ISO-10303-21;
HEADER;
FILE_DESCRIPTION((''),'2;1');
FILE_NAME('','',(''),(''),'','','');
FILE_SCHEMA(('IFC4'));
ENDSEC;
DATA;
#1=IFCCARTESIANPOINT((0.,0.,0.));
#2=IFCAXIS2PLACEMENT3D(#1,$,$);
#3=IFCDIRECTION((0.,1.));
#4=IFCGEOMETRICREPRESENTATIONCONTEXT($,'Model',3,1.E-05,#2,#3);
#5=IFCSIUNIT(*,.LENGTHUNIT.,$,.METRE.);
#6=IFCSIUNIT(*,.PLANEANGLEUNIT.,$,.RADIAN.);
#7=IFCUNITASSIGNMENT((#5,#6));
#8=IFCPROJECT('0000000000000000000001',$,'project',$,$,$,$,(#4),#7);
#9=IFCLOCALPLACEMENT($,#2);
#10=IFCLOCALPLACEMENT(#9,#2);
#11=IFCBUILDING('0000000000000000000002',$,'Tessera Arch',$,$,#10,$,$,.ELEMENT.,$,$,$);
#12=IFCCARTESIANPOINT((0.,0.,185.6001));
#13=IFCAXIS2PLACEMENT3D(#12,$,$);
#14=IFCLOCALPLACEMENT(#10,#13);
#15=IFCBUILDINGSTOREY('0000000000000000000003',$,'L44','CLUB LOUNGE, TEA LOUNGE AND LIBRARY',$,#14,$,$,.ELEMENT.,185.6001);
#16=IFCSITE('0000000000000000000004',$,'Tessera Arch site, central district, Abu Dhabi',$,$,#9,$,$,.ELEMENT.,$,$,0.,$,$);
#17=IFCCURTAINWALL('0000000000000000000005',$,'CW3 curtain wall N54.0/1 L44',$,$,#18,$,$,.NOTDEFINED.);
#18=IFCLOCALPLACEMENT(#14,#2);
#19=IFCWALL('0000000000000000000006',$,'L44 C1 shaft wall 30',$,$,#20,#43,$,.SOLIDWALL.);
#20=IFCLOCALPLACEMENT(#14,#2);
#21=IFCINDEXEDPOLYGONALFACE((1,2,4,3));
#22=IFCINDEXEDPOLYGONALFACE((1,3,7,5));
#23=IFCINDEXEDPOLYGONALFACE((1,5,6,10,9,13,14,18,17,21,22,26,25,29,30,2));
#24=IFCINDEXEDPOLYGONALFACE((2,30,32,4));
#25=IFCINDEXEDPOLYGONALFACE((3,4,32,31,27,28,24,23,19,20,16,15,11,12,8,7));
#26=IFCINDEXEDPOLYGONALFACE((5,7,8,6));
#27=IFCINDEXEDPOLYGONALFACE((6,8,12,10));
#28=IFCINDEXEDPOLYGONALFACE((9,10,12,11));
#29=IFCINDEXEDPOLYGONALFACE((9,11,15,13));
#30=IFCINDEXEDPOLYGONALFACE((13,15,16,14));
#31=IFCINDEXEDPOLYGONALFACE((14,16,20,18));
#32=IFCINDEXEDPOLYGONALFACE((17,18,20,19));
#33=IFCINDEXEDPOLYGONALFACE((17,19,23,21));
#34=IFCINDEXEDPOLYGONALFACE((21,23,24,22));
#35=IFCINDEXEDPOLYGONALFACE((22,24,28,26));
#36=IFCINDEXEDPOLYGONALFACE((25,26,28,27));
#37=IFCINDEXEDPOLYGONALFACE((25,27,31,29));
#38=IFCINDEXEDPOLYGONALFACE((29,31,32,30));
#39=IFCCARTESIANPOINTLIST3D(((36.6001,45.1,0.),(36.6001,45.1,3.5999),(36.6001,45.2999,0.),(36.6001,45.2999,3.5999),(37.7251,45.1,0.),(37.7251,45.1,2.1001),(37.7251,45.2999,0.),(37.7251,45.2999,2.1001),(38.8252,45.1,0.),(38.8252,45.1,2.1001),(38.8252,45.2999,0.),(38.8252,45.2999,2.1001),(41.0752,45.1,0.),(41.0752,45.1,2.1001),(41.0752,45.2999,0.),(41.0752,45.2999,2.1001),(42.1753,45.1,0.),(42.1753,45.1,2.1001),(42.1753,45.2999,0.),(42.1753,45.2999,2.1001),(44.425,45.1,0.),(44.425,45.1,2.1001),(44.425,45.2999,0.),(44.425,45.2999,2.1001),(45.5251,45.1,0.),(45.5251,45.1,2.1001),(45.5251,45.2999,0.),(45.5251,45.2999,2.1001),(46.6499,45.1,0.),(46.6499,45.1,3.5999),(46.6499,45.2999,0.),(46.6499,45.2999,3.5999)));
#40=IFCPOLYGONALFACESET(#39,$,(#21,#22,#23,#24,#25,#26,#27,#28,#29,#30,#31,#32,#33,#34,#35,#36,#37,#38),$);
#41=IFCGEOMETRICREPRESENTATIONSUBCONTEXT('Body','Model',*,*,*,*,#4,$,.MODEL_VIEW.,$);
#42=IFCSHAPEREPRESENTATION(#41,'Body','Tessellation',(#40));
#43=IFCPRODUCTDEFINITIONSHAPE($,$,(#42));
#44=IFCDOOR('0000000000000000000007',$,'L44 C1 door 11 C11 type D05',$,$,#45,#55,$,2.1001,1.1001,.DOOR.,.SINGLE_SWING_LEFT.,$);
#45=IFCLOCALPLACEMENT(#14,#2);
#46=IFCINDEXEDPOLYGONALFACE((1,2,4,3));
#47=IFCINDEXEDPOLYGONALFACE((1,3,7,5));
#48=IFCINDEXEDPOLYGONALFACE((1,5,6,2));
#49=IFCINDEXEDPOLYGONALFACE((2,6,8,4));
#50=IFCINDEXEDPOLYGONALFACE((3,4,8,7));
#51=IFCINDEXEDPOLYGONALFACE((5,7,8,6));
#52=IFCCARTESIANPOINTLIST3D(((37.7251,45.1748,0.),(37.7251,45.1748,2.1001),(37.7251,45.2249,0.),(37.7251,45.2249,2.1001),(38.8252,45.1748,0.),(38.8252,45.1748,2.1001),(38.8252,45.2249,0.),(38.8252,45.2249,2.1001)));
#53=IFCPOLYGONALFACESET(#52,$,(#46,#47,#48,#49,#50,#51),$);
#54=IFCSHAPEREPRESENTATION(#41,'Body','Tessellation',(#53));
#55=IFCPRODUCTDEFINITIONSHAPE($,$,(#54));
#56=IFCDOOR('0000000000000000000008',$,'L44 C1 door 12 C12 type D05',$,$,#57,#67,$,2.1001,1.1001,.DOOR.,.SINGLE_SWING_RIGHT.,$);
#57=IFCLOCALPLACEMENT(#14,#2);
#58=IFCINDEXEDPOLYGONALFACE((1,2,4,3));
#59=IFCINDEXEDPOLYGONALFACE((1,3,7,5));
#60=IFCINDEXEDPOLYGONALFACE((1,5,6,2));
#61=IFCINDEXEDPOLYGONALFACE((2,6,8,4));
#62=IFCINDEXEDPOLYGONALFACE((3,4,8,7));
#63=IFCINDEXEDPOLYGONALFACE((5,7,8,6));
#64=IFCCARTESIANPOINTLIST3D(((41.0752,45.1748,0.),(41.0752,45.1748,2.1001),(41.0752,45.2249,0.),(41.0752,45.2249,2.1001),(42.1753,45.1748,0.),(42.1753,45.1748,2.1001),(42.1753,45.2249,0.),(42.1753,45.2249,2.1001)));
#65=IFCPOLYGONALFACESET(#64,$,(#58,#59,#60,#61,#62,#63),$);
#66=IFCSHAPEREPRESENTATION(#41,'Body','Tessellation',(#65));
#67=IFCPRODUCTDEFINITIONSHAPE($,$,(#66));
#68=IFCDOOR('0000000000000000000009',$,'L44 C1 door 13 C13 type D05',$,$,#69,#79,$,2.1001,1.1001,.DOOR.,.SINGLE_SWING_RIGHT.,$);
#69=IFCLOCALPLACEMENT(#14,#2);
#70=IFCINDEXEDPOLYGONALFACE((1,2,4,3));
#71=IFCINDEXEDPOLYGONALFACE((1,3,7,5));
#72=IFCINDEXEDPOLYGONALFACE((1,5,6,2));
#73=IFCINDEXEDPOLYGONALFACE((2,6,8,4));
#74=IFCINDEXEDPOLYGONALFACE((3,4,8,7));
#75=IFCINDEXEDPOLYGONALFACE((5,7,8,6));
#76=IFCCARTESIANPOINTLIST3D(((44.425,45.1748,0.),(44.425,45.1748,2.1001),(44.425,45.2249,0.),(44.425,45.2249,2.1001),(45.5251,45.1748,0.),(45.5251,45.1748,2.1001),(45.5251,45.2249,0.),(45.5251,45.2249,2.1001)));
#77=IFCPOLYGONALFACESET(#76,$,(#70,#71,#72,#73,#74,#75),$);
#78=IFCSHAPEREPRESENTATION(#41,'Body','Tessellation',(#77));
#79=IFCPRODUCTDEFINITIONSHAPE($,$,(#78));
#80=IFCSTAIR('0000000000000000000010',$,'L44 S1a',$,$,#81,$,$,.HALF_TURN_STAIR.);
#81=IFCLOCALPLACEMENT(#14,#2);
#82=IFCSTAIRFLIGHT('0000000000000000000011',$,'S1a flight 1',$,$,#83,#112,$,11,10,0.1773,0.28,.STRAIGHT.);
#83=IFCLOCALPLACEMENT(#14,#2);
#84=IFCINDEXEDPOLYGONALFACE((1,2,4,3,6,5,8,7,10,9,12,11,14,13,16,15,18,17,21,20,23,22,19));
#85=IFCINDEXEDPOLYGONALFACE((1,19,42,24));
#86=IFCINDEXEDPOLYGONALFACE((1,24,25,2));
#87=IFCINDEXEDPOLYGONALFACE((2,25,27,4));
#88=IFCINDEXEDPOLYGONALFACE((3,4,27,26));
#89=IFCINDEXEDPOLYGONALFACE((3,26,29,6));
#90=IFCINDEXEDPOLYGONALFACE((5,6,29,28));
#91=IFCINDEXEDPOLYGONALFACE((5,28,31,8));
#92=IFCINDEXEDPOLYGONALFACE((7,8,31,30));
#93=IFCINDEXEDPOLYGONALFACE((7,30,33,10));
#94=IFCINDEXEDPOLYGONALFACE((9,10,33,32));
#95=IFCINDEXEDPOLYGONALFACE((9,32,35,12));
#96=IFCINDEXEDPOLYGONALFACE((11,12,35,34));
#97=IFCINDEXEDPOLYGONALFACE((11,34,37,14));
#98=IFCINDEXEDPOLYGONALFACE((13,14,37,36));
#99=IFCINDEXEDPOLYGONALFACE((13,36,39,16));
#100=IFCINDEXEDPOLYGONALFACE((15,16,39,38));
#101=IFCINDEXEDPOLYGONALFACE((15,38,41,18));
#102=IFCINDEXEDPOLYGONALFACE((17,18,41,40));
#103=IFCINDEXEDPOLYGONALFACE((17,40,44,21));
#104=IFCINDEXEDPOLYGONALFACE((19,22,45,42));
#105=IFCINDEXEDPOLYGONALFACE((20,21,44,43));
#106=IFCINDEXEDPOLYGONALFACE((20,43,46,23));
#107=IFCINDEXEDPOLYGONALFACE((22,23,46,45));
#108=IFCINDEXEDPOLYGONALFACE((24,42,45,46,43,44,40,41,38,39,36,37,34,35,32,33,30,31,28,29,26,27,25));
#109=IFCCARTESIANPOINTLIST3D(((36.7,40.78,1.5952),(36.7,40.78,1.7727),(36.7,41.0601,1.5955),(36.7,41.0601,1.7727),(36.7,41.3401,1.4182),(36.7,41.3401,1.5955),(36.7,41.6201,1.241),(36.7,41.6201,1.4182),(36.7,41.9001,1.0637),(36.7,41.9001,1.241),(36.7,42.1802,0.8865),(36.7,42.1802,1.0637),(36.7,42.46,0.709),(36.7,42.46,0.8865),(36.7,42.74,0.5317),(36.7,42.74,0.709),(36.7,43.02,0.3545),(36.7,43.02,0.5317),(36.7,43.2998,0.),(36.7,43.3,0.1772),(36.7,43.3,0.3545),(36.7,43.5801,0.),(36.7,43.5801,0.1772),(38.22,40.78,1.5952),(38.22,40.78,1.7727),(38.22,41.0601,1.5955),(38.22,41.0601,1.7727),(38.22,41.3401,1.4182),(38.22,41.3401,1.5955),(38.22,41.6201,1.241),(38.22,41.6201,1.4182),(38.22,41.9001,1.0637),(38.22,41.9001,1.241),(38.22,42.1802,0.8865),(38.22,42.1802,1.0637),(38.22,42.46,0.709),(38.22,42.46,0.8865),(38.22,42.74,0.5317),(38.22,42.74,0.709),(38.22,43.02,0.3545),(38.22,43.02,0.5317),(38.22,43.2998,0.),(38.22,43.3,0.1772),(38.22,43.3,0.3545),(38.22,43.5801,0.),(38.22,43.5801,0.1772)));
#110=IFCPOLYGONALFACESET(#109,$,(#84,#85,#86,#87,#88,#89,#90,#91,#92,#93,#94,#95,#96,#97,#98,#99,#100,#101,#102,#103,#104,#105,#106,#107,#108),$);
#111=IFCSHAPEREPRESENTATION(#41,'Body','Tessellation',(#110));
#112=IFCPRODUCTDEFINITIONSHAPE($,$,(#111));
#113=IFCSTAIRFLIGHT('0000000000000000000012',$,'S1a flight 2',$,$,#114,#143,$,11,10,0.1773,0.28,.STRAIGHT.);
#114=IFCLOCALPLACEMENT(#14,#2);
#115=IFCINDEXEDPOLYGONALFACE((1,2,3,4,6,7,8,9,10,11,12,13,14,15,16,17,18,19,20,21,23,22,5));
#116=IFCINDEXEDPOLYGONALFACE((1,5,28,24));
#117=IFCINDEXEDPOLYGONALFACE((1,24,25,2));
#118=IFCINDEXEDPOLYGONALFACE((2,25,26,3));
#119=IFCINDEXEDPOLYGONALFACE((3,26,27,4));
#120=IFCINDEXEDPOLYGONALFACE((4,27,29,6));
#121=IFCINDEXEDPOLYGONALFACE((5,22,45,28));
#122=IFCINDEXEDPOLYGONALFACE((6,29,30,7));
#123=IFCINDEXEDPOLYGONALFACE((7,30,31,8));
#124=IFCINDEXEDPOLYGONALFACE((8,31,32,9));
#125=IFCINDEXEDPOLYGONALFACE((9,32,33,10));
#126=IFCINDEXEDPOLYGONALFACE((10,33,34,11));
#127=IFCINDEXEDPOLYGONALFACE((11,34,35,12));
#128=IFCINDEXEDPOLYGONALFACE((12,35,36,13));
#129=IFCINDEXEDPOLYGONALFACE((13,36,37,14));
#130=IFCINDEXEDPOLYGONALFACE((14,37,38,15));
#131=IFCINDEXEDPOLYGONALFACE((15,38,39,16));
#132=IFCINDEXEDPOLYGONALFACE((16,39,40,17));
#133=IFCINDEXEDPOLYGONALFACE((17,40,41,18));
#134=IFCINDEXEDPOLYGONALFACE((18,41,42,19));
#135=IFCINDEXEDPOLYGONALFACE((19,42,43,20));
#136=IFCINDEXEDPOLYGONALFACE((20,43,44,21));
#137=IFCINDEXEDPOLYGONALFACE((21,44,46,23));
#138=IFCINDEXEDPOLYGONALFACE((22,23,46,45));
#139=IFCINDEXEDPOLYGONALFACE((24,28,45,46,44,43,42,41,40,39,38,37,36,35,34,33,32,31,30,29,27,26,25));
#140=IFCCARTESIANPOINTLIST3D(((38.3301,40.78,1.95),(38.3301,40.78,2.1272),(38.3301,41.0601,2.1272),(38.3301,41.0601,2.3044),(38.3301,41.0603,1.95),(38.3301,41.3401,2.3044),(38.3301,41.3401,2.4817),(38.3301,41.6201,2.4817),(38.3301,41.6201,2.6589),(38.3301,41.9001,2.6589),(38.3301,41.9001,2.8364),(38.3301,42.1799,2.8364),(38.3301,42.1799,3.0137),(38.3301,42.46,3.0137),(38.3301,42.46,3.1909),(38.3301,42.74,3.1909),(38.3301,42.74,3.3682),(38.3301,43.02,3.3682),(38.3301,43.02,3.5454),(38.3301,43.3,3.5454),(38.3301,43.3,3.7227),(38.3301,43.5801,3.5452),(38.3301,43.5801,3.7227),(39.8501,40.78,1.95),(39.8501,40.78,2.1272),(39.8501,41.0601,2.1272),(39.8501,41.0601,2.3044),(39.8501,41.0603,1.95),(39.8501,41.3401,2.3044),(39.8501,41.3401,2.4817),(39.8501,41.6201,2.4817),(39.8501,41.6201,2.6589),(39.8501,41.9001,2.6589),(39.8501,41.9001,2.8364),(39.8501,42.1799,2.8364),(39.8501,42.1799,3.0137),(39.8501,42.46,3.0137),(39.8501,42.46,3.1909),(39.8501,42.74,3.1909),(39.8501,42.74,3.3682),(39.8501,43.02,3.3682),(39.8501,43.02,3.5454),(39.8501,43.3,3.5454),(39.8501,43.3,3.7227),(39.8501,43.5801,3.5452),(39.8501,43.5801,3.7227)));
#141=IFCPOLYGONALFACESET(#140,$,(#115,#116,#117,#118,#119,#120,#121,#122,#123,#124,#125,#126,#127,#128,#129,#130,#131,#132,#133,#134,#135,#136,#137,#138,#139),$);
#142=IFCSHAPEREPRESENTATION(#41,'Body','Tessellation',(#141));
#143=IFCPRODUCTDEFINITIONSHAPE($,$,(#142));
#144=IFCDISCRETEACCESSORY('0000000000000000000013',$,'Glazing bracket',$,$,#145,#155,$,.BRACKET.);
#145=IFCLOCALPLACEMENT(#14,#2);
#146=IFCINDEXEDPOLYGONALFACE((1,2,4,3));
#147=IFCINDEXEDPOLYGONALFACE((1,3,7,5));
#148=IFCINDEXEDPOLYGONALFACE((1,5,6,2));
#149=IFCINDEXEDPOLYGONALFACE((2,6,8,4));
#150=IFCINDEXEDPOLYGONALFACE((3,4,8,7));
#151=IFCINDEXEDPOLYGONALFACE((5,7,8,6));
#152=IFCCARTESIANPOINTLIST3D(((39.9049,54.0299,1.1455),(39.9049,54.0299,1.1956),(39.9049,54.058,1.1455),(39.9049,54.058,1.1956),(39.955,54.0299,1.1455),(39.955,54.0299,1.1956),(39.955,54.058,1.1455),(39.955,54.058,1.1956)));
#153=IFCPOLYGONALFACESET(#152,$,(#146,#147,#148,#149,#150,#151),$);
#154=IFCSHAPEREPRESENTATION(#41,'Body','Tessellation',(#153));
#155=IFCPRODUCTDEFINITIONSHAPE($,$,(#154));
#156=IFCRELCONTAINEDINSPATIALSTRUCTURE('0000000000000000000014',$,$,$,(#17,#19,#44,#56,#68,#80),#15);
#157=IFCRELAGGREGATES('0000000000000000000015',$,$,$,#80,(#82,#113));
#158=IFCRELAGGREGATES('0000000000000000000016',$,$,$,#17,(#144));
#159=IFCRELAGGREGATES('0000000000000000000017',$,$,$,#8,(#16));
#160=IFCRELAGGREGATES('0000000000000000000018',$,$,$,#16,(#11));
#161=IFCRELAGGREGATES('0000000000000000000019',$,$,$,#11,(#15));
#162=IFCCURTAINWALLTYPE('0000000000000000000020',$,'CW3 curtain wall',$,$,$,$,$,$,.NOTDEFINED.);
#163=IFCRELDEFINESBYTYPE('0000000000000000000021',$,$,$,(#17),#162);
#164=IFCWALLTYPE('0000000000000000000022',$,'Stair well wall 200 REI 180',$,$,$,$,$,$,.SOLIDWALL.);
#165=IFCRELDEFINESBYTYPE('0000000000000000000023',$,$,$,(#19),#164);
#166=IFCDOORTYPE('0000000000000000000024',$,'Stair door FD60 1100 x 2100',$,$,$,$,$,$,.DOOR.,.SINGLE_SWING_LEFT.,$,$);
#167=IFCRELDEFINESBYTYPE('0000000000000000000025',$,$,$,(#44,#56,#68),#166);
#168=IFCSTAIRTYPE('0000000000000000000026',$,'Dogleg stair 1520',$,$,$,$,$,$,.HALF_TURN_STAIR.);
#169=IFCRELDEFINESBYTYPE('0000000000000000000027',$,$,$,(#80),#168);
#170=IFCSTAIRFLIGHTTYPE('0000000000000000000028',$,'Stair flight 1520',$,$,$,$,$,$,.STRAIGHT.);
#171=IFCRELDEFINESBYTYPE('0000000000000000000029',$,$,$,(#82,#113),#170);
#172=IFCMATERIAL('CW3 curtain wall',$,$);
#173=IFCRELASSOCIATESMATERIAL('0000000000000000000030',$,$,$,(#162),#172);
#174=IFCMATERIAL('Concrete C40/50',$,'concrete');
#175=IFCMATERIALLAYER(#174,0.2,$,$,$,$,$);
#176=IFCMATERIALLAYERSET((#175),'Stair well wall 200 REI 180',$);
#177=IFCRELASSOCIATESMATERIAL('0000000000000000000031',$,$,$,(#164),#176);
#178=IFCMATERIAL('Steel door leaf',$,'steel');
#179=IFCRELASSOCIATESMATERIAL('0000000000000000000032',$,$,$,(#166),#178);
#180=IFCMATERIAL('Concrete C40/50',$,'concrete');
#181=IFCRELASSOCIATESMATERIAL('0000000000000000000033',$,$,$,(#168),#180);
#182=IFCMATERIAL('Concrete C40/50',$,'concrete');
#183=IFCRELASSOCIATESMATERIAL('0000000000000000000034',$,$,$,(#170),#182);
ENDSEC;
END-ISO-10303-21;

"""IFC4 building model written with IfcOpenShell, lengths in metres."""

from ifc_helpers import new_model, si_unit, direction, frame, frame_2d, origin, origin_2d, place, context, subcontext, project, spatial, polyline, rectangle, outline, extrude, material, layer, layer_set, type_object, element, fill, aggregate, save


model = new_model("IFC4")

# Units and contexts
model_context = context("Model", 3, precision=1e-05, world=origin(), true_north=direction((0.0, 1.0)))
body_context = subcontext(model_context, "Body", "Model", "MODEL_VIEW")
ifc_project = project(units=[si_unit("LENGTHUNIT", "METRE"), si_unit("PLANEANGLEUNIT", "RADIAN")], contexts=[model_context])

# Site, building, storey
site_placement = place(None, origin())
site = spatial("IfcSite", under=ifc_project, at=site_placement, Name="Tessera Arch site, central district, Abu Dhabi", CompositionType="ELEMENT", RefElevation=0.0)
building_placement = place(site_placement, origin())
building = spatial("IfcBuilding", under=site, at=building_placement, Name="Tessera Arch", CompositionType="ELEMENT")
storey_placement = place(building_placement, frame((0.0, 0.0, 185.6001)))
storey = spatial("IfcBuildingStorey", under=building, at=storey_placement, Name="L44", Description="CLUB LOUNGE, TEA LOUNGE AND LIBRARY", CompositionType="ELEMENT", Elevation=185.6001)

# Curtain wall
ifc_material_1 = material(Name="CW3 curtain wall")
curtain_wall_type = type_object("IfcCurtainWallType", Name="CW3 curtain wall", PredefinedType="NOTDEFINED", material=ifc_material_1)
curtain_wall_placement = place(storey_placement, origin())
curtain_wall = element("IfcCurtainWall", 1, at=curtain_wall_placement, inside=storey, type_object=curtain_wall_type, Name="CW3 curtain wall N54.0/1 L44", PredefinedType="NOTDEFINED")

# Shared definitions
ifc_material_2 = material(Name="Concrete C40/50", Category="concrete")
ifc_layer_1 = layer(ifc_material_2, 0.2)
ifc_layer_set_1 = layer_set([ifc_layer_1], Name="Stair well wall 200 REI 180")
wall_type_1 = type_object("IfcWallType", Name="Stair well wall 200 REI 180", PredefinedType="SOLIDWALL", material=ifc_layer_set_1)

# Wall, openings, doors
wall_1_placement = place(storey_placement, frame((36.6001, 45.2, 0.0), z_axis=(0.0, 0.0, 1.0), x_axis=(1.0, 0.0, 0.0)))
wall_1 = element("IfcWall", 2, at=wall_1_placement, inside=storey, type_object=wall_type_1, Name="L44 C1 shaft wall 30", PredefinedType="SOLIDWALL", context=body_context, shape_type="SweptSolid", body=[
    extrude(rectangle(XDim=10.0498, YDim=0.2, at=frame_2d((5.0249, 0.0))), origin(), (0.0, 0.0, 1.0), 3.5999),
])
opening_1_placement = place(wall_1_placement, frame((1.125, 0.0, 0.0)))
opening_1 = element("IfcOpeningElement", 3, at=opening_1_placement, cuts=wall_1, PredefinedType="OPENING", context=body_context, shape_type="SweptSolid", body=[
    extrude(rectangle(XDim=1.1001, YDim=2.1001, at=frame_2d((0.55, 1.05))), frame((0.0, 0.1099, 0.0), z_axis=(0.0, -1.0, 0.0), x_axis=(1.0, 0.0, 0.0)), (0.0, 0.0, 1.0), 0.22),
])
opening_2_placement = place(wall_1_placement, frame((4.4751, 0.0, 0.0)))
opening_2 = element("IfcOpeningElement", 4, at=opening_2_placement, cuts=wall_1, PredefinedType="OPENING", context=body_context, shape_type="SweptSolid", body=[
    extrude(rectangle(XDim=1.1001, YDim=2.1001, at=frame_2d((0.55, 1.05))), frame((0.0, 0.1099, 0.0), z_axis=(0.0, -1.0, 0.0), x_axis=(1.0, 0.0, 0.0)), (0.0, 0.0, 1.0), 0.22),
])
opening_3_placement = place(wall_1_placement, frame((7.825, 0.0, 0.0)))
opening_3 = element("IfcOpeningElement", 5, at=opening_3_placement, cuts=wall_1, PredefinedType="OPENING", context=body_context, shape_type="SweptSolid", body=[
    extrude(rectangle(XDim=1.1001, YDim=2.1001, at=frame_2d((0.55, 1.05))), frame((0.0, 0.1099, 0.0), z_axis=(0.0, -1.0, 0.0), x_axis=(1.0, 0.0, 0.0)), (0.0, 0.0, 1.0), 0.22),
])
ifc_material_3 = material(Name="Steel door leaf", Category="steel")
door_type_1 = type_object("IfcDoorType", Name="Stair door FD60 1100 x 2100", OperationType="SINGLE_SWING_LEFT", PredefinedType="DOOR", material=ifc_material_3)
door_1_placement = place(opening_1_placement, origin())
door_1 = element("IfcDoor", 6, at=door_1_placement, inside=storey, type_object=door_type_1, Name="L44 C1 door 11 C11 type D05", OperationType="SINGLE_SWING_LEFT", OverallHeight=2.1001, OverallWidth=1.1001, PredefinedType="DOOR", context=body_context, shape_type="SweptSolid", body=[
    extrude(rectangle(XDim=1.1001, YDim=2.1001, at=frame_2d((0.55, 1.05))), frame((0.0, 0.0249, 0.0), z_axis=(0.0, -1.0, 0.0), x_axis=(1.0, 0.0, 0.0)), (0.0, 0.0, 1.0), 0.05),
])
fill(opening_1, door_1)
door_2_placement = place(opening_2_placement, origin())
door_2 = element("IfcDoor", 7, at=door_2_placement, inside=storey, type_object=door_type_1, Name="L44 C1 door 12 C12 type D05", OperationType="SINGLE_SWING_RIGHT", OverallHeight=2.1001, OverallWidth=1.1001, PredefinedType="DOOR", context=body_context, shape_type="SweptSolid", body=[
    extrude(rectangle(XDim=1.1001, YDim=2.1001, at=frame_2d((0.55, 1.05))), frame((0.0, 0.0249, 0.0), z_axis=(0.0, -1.0, 0.0), x_axis=(1.0, 0.0, 0.0)), (0.0, 0.0, 1.0), 0.05),
])
fill(opening_2, door_2)
door_3_placement = place(opening_3_placement, origin())
door_3 = element("IfcDoor", 8, at=door_3_placement, inside=storey, type_object=door_type_1, Name="L44 C1 door 13 C13 type D05", OperationType="SINGLE_SWING_RIGHT", OverallHeight=2.1001, OverallWidth=1.1001, PredefinedType="DOOR", context=body_context, shape_type="SweptSolid", body=[
    extrude(rectangle(XDim=1.1001, YDim=2.1001, at=frame_2d((0.55, 1.05))), frame((0.0, 0.0249, 0.0), z_axis=(0.0, -1.0, 0.0), x_axis=(1.0, 0.0, 0.0)), (0.0, 0.0, 1.0), 0.05),
])
fill(opening_3, door_3)

# Stair, stair flights
ifc_material_4 = material(Name="Concrete C40/50", Category="concrete")
stair_type = type_object("IfcStairType", Name="Dogleg stair 1520", PredefinedType="HALF_TURN_STAIR", material=ifc_material_4)
stair_placement = place(storey_placement, origin())
stair = element("IfcStair", 9, at=stair_placement, inside=storey, type_object=stair_type, Name="L44 S1a", PredefinedType="HALF_TURN_STAIR")
ifc_material_5 = material(Name="Concrete C40/50", Category="concrete")
stair_flight_type = type_object("IfcStairFlightType", Name="Stair flight 1520", PredefinedType="STRAIGHT", material=ifc_material_5)
stair_flight_1_placement = place(storey_placement, frame((37.46, 43.5801, 0.0), z_axis=(0.0, 0.0, 1.0), x_axis=(0.0, -1.0, 0.0)))
stair_flight_1 = element("IfcStairFlight", 10, at=stair_flight_1_placement, type_object=stair_flight_type, Name="S1a flight 1", NumberOfRisers=11, NumberOfTreads=10, PredefinedType="STRAIGHT", RiserHeight=0.1773, TreadLength=0.28, context=body_context, shape_type="SweptSolid", body=[
    extrude(outline(polyline([(0.0, 0.0), (0.0, 0.1772), (0.28, 0.1772), (0.28, 0.3545), (0.5601, 0.3545), (0.5601, 0.5317), (0.8401, 0.5317), (0.8401, 0.709), (1.1201, 0.709), (1.1201, 0.8865), (1.3999, 0.8865), (1.3999, 1.0637), (1.6799, 1.0637), (1.6799, 1.241), (1.96, 1.241), (1.96, 1.4182), (2.24, 1.4182), (2.24, 1.5955), (2.52, 1.5955), (2.52, 1.7727), (2.8, 1.7727), (2.8, 1.95), (2.8, 1.5952), (0.2803, 0.0), (0.0, 0.0)])), frame((0.0, 0.76, 0.0), z_axis=(0.0, -1.0, 0.0), x_axis=(1.0, 0.0, 0.0)), (0.0, 0.0, 1.0), 1.52),
])
stair_flight_2_placement = place(storey_placement, frame((39.0901, 40.78, 1.95), z_axis=(0.0, 0.0, 1.0), x_axis=(0.0, 1.0, 0.0)))
stair_flight_2 = element("IfcStairFlight", 11, at=stair_flight_2_placement, type_object=stair_flight_type, Name="S1a flight 2", NumberOfRisers=11, NumberOfTreads=10, PredefinedType="STRAIGHT", RiserHeight=0.1773, TreadLength=0.28, context=body_context, shape_type="SweptSolid", body=[
    extrude(outline(polyline([(0.0, 0.0), (0.0, 0.1772), (0.28, 0.1772), (0.28, 0.3545), (0.5601, 0.3545), (0.5601, 0.5317), (0.8401, 0.5317), (0.8401, 0.709), (1.1201, 0.709), (1.1201, 0.8865), (1.3999, 0.8865), (1.3999, 1.0637), (1.6799, 1.0637), (1.6799, 1.241), (1.96, 1.241), (1.96, 1.4182), (2.24, 1.4182), (2.24, 1.5955), (2.52, 1.5955), (2.52, 1.7727), (2.8, 1.7727), (2.8, 1.95), (2.8, 1.5952), (0.2803, 0.0), (0.0, 0.0)])), frame((0.0, 0.76, 0.0), z_axis=(0.0, -1.0, 0.0), x_axis=(1.0, 0.0, 0.0)), (0.0, 0.0, 1.0), 1.52),
])
aggregate(stair, [stair_flight_1, stair_flight_2])

# Discrete accessory
discrete_accessory_placement = place(storey_placement, frame((39.9299, 54.0439, 1.1455), z_axis=(0.0, 0.0, 1.0), x_axis=(-1.0, 0.0, 0.0)))
discrete_accessory = element("IfcDiscreteAccessory", 12, at=discrete_accessory_placement, Name="Glazing bracket", PredefinedType="BRACKET", context=body_context, shape_type="SweptSolid", body=[
    extrude(rectangle(XDim=0.05, YDim=0.0281, at=origin_2d()), origin(), (0.0, 0.0, 1.0), 0.05),
])
aggregate(curtain_wall, [discrete_accessory])

save(model, "model.ifc")
